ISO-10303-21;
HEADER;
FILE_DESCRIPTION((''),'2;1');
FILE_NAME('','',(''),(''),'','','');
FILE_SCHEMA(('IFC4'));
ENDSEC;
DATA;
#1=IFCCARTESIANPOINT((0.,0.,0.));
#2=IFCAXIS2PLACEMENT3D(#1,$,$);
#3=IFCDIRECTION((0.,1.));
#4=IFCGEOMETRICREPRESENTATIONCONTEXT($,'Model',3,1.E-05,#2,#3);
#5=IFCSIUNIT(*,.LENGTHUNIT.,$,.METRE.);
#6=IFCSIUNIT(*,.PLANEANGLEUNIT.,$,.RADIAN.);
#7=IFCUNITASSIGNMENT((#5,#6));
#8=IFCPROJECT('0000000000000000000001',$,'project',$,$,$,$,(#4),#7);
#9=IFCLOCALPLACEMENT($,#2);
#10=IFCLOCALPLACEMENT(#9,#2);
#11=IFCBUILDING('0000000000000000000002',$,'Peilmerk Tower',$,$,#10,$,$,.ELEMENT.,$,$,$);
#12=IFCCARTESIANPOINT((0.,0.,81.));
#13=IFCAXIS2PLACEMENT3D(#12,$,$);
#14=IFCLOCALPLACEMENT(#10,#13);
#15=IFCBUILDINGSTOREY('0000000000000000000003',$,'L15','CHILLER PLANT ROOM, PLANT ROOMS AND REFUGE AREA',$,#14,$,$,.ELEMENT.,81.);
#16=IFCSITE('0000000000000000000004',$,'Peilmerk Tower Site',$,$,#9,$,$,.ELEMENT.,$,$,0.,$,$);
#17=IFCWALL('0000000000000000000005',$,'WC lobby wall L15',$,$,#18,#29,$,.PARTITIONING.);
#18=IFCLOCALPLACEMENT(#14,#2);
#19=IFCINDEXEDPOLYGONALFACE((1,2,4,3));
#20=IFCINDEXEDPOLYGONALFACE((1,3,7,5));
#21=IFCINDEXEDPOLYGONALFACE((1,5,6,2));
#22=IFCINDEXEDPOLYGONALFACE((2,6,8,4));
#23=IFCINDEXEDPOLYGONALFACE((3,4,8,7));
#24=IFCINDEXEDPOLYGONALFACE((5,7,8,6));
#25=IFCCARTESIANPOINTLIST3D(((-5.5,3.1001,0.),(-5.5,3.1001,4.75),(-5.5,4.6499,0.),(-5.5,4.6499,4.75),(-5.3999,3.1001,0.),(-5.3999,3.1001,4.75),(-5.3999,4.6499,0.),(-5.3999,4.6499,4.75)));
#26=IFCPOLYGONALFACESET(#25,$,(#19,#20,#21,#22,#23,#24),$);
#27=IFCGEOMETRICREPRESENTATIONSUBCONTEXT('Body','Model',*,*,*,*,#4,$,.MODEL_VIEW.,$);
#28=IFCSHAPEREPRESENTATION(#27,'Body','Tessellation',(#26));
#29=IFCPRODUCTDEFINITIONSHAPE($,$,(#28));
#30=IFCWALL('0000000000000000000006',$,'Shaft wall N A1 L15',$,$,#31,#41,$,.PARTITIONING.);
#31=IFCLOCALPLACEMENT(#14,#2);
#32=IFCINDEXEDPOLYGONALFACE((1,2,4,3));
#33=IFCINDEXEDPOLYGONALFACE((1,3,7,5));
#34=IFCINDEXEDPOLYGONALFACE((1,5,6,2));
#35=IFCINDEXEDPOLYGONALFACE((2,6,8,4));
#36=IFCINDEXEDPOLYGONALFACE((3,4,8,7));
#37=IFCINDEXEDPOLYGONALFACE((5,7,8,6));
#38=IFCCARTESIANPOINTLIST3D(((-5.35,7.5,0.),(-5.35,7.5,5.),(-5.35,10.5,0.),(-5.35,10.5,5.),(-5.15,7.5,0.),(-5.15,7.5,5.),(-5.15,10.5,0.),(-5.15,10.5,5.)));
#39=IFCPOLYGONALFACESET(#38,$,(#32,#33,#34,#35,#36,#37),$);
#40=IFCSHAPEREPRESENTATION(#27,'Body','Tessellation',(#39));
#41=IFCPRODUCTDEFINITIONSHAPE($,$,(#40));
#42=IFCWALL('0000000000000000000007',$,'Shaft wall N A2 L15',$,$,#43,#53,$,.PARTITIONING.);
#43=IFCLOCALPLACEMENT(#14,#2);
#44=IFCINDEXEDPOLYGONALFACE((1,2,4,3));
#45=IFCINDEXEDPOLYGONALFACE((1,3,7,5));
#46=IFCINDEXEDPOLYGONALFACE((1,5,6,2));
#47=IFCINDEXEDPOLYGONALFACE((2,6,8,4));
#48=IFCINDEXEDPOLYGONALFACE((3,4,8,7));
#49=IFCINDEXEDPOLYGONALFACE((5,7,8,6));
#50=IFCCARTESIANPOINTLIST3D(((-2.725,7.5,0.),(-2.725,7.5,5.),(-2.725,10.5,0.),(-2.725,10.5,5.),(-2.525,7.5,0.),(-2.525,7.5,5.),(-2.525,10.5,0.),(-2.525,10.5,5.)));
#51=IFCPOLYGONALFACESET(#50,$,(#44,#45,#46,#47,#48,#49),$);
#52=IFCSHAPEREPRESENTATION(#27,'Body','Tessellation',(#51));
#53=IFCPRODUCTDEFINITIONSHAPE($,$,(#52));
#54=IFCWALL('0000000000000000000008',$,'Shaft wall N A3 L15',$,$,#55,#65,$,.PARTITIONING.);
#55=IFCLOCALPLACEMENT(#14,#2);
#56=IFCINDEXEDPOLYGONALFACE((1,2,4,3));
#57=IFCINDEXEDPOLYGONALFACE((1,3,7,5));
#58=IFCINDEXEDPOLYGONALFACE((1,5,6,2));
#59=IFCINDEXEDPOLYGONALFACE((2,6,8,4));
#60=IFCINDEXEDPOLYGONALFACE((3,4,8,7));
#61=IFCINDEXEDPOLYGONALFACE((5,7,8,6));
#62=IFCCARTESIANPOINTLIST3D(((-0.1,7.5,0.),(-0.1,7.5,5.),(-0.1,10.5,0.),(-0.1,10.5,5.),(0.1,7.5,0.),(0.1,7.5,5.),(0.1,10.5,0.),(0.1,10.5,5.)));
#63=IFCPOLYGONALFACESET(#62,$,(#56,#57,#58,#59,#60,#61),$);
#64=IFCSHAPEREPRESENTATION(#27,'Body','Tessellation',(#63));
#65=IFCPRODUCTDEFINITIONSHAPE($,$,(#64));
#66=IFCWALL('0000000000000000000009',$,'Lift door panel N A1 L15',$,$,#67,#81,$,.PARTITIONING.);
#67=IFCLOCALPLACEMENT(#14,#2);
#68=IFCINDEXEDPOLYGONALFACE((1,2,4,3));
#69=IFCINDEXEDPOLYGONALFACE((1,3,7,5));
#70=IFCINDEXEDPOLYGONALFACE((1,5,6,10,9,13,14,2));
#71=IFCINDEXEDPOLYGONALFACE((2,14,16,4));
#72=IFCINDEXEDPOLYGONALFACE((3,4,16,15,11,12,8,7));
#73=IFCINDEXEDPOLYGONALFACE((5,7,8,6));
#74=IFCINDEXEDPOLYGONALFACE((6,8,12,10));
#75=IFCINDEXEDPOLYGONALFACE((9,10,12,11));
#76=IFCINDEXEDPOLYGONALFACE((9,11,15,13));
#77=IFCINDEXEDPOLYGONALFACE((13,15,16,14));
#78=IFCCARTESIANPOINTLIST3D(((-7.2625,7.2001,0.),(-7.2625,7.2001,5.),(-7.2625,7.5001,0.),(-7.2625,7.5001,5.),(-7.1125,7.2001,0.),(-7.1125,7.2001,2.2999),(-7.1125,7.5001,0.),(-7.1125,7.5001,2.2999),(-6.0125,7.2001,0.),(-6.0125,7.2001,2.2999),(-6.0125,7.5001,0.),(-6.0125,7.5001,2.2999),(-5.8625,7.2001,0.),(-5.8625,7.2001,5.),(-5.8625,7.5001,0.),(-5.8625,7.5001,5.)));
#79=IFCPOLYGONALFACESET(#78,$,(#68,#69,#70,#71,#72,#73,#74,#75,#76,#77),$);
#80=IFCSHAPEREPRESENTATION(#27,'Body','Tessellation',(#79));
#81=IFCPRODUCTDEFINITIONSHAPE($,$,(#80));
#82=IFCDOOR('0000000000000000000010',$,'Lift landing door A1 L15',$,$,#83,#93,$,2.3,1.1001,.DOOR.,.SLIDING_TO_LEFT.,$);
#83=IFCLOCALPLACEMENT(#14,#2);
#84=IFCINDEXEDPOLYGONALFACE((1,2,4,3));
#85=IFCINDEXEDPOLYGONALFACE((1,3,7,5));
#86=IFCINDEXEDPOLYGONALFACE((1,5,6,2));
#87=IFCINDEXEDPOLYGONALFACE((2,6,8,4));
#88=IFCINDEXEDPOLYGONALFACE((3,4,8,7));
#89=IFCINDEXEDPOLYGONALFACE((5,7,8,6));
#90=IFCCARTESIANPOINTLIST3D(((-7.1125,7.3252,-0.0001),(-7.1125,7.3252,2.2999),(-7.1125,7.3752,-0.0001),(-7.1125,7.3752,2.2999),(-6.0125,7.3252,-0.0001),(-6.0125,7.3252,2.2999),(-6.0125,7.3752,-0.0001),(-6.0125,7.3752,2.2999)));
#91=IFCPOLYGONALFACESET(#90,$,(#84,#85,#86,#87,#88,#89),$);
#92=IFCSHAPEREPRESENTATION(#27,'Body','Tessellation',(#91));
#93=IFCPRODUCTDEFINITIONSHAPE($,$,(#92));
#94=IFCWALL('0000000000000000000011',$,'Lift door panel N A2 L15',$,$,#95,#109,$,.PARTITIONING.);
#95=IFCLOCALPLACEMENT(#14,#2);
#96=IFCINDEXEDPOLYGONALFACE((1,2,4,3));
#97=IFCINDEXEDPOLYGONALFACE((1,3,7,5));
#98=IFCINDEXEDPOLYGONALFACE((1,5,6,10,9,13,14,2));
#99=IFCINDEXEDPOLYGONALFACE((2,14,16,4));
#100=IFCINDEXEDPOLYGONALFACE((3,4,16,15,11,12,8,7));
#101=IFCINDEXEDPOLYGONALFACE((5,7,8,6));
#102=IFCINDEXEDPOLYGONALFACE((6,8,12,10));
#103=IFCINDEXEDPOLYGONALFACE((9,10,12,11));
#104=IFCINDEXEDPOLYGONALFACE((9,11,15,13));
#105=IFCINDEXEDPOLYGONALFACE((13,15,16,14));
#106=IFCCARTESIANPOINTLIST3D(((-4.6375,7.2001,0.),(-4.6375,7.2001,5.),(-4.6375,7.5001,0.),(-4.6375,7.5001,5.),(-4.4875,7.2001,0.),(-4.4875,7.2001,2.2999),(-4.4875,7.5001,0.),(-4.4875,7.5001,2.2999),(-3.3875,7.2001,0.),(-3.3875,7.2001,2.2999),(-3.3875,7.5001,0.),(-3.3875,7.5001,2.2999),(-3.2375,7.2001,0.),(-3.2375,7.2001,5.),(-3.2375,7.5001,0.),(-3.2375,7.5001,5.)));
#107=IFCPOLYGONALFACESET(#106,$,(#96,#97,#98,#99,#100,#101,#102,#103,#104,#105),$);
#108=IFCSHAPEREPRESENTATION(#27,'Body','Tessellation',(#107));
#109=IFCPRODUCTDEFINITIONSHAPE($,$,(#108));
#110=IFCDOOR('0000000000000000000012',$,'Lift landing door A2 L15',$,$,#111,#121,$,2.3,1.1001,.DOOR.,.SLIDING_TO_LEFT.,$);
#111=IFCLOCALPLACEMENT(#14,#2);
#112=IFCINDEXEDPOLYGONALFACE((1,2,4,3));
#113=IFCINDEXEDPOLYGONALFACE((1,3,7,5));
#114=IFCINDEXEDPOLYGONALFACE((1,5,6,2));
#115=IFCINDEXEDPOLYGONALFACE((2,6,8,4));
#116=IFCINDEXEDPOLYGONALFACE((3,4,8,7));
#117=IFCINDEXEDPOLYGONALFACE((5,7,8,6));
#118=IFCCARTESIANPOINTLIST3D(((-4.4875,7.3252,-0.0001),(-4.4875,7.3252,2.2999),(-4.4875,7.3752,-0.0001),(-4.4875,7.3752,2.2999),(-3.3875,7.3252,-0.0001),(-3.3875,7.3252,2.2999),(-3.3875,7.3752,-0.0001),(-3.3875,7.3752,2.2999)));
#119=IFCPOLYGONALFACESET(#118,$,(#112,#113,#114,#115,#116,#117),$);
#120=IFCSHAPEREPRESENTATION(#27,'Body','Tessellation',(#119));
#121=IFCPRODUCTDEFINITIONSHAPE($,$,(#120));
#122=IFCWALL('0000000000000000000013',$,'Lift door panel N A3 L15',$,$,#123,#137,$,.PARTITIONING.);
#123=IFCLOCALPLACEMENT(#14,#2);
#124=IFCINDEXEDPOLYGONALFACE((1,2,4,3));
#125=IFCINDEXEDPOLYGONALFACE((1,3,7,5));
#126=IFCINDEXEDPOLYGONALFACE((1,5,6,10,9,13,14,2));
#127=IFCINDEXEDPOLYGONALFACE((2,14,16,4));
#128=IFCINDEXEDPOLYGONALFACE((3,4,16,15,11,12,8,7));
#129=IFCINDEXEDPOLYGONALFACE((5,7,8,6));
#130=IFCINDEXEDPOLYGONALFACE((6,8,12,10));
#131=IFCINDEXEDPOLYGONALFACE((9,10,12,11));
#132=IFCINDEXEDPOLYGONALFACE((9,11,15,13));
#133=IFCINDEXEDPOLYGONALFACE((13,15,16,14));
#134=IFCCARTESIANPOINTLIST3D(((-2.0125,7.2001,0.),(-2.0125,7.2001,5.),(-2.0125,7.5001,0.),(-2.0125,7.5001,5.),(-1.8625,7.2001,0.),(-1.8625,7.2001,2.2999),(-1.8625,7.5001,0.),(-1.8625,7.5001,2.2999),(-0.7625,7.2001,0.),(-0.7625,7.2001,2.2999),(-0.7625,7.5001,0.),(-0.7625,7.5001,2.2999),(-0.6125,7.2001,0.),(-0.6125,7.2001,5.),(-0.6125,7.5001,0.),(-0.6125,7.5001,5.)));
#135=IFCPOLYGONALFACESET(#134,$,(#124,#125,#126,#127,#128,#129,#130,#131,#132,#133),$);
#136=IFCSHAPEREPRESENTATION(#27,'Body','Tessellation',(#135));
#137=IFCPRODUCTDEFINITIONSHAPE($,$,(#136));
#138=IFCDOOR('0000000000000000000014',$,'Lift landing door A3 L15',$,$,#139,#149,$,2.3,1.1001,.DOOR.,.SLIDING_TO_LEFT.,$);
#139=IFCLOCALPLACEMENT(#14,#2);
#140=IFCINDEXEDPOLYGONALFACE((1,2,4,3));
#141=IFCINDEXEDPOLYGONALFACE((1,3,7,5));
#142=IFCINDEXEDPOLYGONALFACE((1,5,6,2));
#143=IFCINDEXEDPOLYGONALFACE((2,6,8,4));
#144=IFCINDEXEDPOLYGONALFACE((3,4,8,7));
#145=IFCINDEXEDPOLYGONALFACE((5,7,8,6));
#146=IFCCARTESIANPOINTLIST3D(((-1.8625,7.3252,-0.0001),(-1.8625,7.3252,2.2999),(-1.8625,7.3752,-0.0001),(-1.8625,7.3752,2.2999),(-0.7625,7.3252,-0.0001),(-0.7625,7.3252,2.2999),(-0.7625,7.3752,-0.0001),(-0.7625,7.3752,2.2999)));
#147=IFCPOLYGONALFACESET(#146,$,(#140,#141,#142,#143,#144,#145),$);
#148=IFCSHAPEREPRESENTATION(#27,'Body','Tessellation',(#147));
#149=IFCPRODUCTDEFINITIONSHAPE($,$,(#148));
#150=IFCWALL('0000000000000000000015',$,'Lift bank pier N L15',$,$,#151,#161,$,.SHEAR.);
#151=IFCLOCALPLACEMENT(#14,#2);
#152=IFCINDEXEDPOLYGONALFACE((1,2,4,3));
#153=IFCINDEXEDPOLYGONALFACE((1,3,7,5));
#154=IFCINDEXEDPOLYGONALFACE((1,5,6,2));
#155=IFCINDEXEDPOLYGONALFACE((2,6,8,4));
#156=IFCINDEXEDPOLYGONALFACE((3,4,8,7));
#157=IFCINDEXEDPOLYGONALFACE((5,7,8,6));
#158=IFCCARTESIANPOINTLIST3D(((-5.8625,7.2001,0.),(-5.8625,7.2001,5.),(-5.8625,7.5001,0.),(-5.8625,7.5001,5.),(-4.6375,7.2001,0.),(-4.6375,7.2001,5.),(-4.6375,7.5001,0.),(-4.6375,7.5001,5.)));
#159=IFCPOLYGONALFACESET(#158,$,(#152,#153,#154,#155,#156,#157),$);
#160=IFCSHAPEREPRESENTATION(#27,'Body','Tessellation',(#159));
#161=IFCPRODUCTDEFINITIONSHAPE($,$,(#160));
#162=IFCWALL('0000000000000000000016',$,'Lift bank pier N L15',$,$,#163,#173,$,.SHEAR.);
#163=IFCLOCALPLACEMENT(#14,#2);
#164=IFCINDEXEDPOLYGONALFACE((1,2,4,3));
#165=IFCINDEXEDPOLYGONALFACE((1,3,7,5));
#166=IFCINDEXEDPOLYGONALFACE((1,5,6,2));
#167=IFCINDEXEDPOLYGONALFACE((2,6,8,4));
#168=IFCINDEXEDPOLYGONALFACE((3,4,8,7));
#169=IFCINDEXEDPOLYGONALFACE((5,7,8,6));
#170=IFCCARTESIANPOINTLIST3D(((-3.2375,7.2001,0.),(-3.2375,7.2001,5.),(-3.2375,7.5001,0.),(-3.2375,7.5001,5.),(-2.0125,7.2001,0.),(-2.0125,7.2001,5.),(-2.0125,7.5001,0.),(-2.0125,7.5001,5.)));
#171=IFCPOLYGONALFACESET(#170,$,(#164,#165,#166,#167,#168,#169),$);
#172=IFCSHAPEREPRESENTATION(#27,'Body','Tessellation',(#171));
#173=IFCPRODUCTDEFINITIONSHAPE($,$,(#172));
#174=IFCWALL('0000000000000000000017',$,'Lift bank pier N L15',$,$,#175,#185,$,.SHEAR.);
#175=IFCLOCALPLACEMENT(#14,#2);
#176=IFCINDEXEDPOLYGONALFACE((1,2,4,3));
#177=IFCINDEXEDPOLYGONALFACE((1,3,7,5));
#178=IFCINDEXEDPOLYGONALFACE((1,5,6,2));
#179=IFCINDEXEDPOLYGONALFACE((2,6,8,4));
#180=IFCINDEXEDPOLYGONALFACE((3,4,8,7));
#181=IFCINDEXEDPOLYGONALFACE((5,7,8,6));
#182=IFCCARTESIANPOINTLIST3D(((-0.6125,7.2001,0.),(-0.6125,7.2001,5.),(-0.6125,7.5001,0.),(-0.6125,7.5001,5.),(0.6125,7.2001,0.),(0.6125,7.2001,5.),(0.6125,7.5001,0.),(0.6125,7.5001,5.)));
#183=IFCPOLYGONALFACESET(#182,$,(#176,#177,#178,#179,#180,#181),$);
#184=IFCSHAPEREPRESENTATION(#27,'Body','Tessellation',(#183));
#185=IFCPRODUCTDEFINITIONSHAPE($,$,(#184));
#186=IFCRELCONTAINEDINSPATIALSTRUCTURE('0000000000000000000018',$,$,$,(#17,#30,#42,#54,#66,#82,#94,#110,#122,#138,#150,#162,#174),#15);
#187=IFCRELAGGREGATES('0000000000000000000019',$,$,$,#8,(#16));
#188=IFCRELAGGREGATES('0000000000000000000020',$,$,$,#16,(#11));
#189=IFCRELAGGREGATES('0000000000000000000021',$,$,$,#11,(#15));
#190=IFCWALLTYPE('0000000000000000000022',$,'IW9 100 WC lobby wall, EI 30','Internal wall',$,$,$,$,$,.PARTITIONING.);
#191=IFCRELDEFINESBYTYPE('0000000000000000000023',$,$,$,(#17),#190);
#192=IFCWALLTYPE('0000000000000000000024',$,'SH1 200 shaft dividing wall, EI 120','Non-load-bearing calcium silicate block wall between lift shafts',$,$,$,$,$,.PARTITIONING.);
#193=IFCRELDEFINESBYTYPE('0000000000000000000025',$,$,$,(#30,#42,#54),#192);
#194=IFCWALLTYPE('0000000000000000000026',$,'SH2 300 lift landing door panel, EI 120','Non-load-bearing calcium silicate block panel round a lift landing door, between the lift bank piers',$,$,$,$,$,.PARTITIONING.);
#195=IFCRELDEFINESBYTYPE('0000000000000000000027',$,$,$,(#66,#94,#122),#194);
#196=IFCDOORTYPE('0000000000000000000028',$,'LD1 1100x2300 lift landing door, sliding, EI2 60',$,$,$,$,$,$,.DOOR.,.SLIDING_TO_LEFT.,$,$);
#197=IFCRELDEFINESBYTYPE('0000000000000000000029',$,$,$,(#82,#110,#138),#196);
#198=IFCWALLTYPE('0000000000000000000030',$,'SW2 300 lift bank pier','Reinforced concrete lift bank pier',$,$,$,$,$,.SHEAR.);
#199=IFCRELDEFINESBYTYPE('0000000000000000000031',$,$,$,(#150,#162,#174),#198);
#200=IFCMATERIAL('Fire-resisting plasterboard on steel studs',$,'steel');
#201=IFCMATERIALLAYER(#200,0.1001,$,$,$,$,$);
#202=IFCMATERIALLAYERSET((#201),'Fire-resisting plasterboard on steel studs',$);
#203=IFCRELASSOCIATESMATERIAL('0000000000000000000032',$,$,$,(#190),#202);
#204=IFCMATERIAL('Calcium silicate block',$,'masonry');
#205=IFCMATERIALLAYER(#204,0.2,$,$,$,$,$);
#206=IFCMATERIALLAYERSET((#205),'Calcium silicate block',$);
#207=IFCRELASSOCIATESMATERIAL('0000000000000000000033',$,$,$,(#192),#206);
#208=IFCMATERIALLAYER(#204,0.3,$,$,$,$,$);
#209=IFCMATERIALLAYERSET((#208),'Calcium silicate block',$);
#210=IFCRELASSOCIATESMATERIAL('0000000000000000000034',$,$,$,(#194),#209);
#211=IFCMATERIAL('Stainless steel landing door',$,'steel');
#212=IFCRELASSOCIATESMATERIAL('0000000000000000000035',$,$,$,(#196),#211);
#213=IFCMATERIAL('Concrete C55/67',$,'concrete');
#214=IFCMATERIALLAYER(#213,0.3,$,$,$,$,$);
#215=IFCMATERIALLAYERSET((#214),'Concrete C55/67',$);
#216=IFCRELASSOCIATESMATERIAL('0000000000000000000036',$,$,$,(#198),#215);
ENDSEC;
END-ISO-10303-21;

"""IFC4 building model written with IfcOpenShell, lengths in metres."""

from ifc_helpers import new_model, si_unit, direction, frame, frame_2d, origin, place, context, subcontext, project, spatial, rectangle, extrude, material, layer, layer_set, type_object, element, fill, save


model = new_model("IFC4")

# Units and contexts
model_context = context("Model", 3, precision=1e-05, world=origin(), true_north=direction((0.0, 1.0)))
body_context = subcontext(model_context, "Body", "Model", "MODEL_VIEW")
ifc_project = project(units=[si_unit("LENGTHUNIT", "METRE"), si_unit("PLANEANGLEUNIT", "RADIAN")], contexts=[model_context])

# Site, building, storey
site_placement = place(None, origin())
site = spatial("IfcSite", under=ifc_project, at=site_placement, Name="Peilmerk Tower Site", CompositionType="ELEMENT", RefElevation=0.0)
building_placement = place(site_placement, origin())
building = spatial("IfcBuilding", under=site, at=building_placement, Name="Peilmerk Tower", CompositionType="ELEMENT")
storey_placement = place(building_placement, frame((0.0, 0.0, 81.0)))
storey = spatial("IfcBuildingStorey", under=building, at=storey_placement, Name="L15", Description="CHILLER PLANT ROOM, PLANT ROOMS AND REFUGE AREA", CompositionType="ELEMENT", Elevation=81.0)

# Shared definitions
ifc_material_1 = material(Name="Concrete C55/67", Category="concrete")

# Shared definitions
ifc_material_2 = material(Name="Fire-resisting plasterboard on steel studs", Category="steel")
ifc_layer_1 = layer(ifc_material_2, 0.1001)
ifc_layer_set_1 = layer_set([ifc_layer_1], Name="Fire-resisting plasterboard on steel studs")
wall_type_1 = type_object("IfcWallType", Name="IW9 100 WC lobby wall, EI 30", Description="Internal wall", PredefinedType="PARTITIONING", material=ifc_layer_set_1)

# Walls
wall_1_placement = place(storey_placement, frame((-5.45, 3.1001, 0.0), z_axis=(0.0, 0.0, 1.0), x_axis=(0.0, 1.0, 0.0)))
element("IfcWall", 1, at=wall_1_placement, inside=storey, type_object=wall_type_1, Name="WC lobby wall L15", PredefinedType="PARTITIONING", context=body_context, shape_type="SweptSolid", body=[
    extrude(rectangle(XDim=1.5498, YDim=0.1001, at=frame_2d((0.7749, 0.0))), origin(), (0.0, 0.0, 1.0), 4.75),
])
ifc_material_3 = material(Name="Calcium silicate block", Category="masonry")
ifc_layer_2 = layer(ifc_material_3, 0.2)
ifc_layer_set_2 = layer_set([ifc_layer_2], Name="Calcium silicate block")
wall_type_2 = type_object("IfcWallType", Name="SH1 200 shaft dividing wall, EI 120", Description="Non-load-bearing calcium silicate block wall between lift shafts", PredefinedType="PARTITIONING", material=ifc_layer_set_2)
for number, where, z_axis, x_axis, name in (
    (2, (-5.25, 7.5, 0.0), (0.0, 0.0, 1.0), (0.0, 1.0, 0.0), "Shaft wall N A1 L15"),
    (3, (-2.625, 7.5, 0.0), (0.0, 0.0, 1.0), (0.0, 1.0, 0.0), "Shaft wall N A2 L15"),
    (4, (0.0, 7.5, 0.0), (0.0, 0.0, 1.0), (0.0, 1.0, 0.0), "Shaft wall N A3 L15"),
):
    element("IfcWall", number, at=place(storey_placement, frame(where, z_axis=z_axis, x_axis=x_axis)), inside=storey, type_object=wall_type_2, Name=name, PredefinedType="PARTITIONING", context=body_context, shape_type="SweptSolid", body=[
        extrude(rectangle(XDim=3.0, YDim=0.2, at=frame_2d((1.5, 0.0))), origin(), (0.0, 0.0, 1.0), 5.0),
    ])

# Walls, openings, doors
ifc_layer_3 = layer(ifc_material_3, 0.3)
ifc_layer_set_3 = layer_set([ifc_layer_3], Name="Calcium silicate block")
wall_type_3 = type_object("IfcWallType", Name="SH2 300 lift landing door panel, EI 120", Description="Non-load-bearing calcium silicate block panel round a lift landing door, between the lift bank piers", PredefinedType="PARTITIONING", material=ifc_layer_set_3)
wall_2_placement = place(storey_placement, frame((-7.2625, 7.3501, 0.0), z_axis=(0.0, 0.0, 1.0), x_axis=(1.0, 0.0, 0.0)))
wall_2 = element("IfcWall", 5, at=wall_2_placement, inside=storey, type_object=wall_type_3, Name="Lift door panel N A1 L15", PredefinedType="PARTITIONING", context=body_context, shape_type="SweptSolid", body=[
    extrude(rectangle(XDim=1.3999, YDim=0.3, at=frame_2d((0.7, 0.0))), origin(), (0.0, 0.0, 1.0), 5.0),
])
opening_1_placement = place(wall_2_placement, frame((0.1499, 0.0, 0.0)))
opening_1 = element("IfcOpeningElement", 6, at=opening_1_placement, cuts=wall_2, PredefinedType="OPENING", context=body_context, shape_type="SweptSolid", body=[
    extrude(rectangle(XDim=1.1001, YDim=2.3, at=frame_2d((0.55, 1.1499))), frame((0.0, 0.1599, 0.0), z_axis=(0.0, -1.0, 0.0), x_axis=(1.0, 0.0, 0.0)), (0.0, 0.0, 1.0), 0.3201),
])
ifc_material_4 = material(Name="Stainless steel landing door", Category="steel")
door_type_1 = type_object("IfcDoorType", Name="LD1 1100x2300 lift landing door, sliding, EI2 60", OperationType="SLIDING_TO_LEFT", PredefinedType="DOOR", material=ifc_material_4)
door_1_placement = place(opening_1_placement, frame((1.1001, 0.0, 0.0), z_axis=(0.0, 0.0, 1.0), x_axis=(-1.0, 0.0, 0.0)))
door_1 = element("IfcDoor", 7, at=door_1_placement, inside=storey, type_object=door_type_1, Name="Lift landing door A1 L15", OperationType="SLIDING_TO_LEFT", OverallHeight=2.3, OverallWidth=1.1001, PredefinedType="DOOR", context=body_context, shape_type="SweptSolid", body=[
    extrude(rectangle(XDim=1.1001, YDim=2.3, at=frame_2d((0.55, 1.1499))), frame((0.0, 0.0249, 0.0), z_axis=(0.0, -1.0, 0.0), x_axis=(1.0, 0.0, 0.0)), (0.0, 0.0, 1.0), 0.05),
])
fill(opening_1, door_1)
wall_3_placement = place(storey_placement, frame((-4.6375, 7.3501, 0.0), z_axis=(0.0, 0.0, 1.0), x_axis=(1.0, 0.0, 0.0)))
wall_3 = element("IfcWall", 8, at=wall_3_placement, inside=storey, type_object=wall_type_3, Name="Lift door panel N A2 L15", PredefinedType="PARTITIONING", context=body_context, shape_type="SweptSolid", body=[
    extrude(rectangle(XDim=1.3999, YDim=0.3, at=frame_2d((0.7, 0.0))), origin(), (0.0, 0.0, 1.0), 5.0),
])
opening_2_placement = place(wall_3_placement, frame((0.1499, 0.0, 0.0)))
opening_2 = element("IfcOpeningElement", 9, at=opening_2_placement, cuts=wall_3, PredefinedType="OPENING", context=body_context, shape_type="SweptSolid", body=[
    extrude(rectangle(XDim=1.1001, YDim=2.3, at=frame_2d((0.55, 1.1499))), frame((0.0, 0.1599, 0.0), z_axis=(0.0, -1.0, 0.0), x_axis=(1.0, 0.0, 0.0)), (0.0, 0.0, 1.0), 0.3201),
])
door_2_placement = place(opening_2_placement, frame((1.1001, 0.0, 0.0), z_axis=(0.0, 0.0, 1.0), x_axis=(-1.0, 0.0, 0.0)))
door_2 = element("IfcDoor", 10, at=door_2_placement, inside=storey, type_object=door_type_1, Name="Lift landing door A2 L15", OperationType="SLIDING_TO_LEFT", OverallHeight=2.3, OverallWidth=1.1001, PredefinedType="DOOR", context=body_context, shape_type="SweptSolid", body=[
    extrude(rectangle(XDim=1.1001, YDim=2.3, at=frame_2d((0.55, 1.1499))), frame((0.0, 0.0249, 0.0), z_axis=(0.0, -1.0, 0.0), x_axis=(1.0, 0.0, 0.0)), (0.0, 0.0, 1.0), 0.05),
])
fill(opening_2, door_2)
wall_4_placement = place(storey_placement, frame((-2.0125, 7.3501, 0.0), z_axis=(0.0, 0.0, 1.0), x_axis=(1.0, 0.0, 0.0)))
wall_4 = element("IfcWall", 11, at=wall_4_placement, inside=storey, type_object=wall_type_3, Name="Lift door panel N A3 L15", PredefinedType="PARTITIONING", context=body_context, shape_type="SweptSolid", body=[
    extrude(rectangle(XDim=1.3999, YDim=0.3, at=frame_2d((0.7, 0.0))), origin(), (0.0, 0.0, 1.0), 5.0),
])
opening_3_placement = place(wall_4_placement, frame((0.1499, 0.0, 0.0)))
opening_3 = element("IfcOpeningElement", 12, at=opening_3_placement, cuts=wall_4, PredefinedType="OPENING", context=body_context, shape_type="SweptSolid", body=[
    extrude(rectangle(XDim=1.1001, YDim=2.3, at=frame_2d((0.55, 1.1499))), frame((0.0, 0.1599, 0.0), z_axis=(0.0, -1.0, 0.0), x_axis=(1.0, 0.0, 0.0)), (0.0, 0.0, 1.0), 0.3201),
])
door_3_placement = place(opening_3_placement, frame((1.1001, 0.0, 0.0), z_axis=(0.0, 0.0, 1.0), x_axis=(-1.0, 0.0, 0.0)))
door_3 = element("IfcDoor", 13, at=door_3_placement, inside=storey, type_object=door_type_1, Name="Lift landing door A3 L15", OperationType="SLIDING_TO_LEFT", OverallHeight=2.3, OverallWidth=1.1001, PredefinedType="DOOR", context=body_context, shape_type="SweptSolid", body=[
    extrude(rectangle(XDim=1.1001, YDim=2.3, at=frame_2d((0.55, 1.1499))), frame((0.0, 0.0249, 0.0), z_axis=(0.0, -1.0, 0.0), x_axis=(1.0, 0.0, 0.0)), (0.0, 0.0, 1.0), 0.05),
])
fill(opening_3, door_3)

# Walls
ifc_layer_4 = layer(ifc_material_1, 0.3)
ifc_layer_set_4 = layer_set([ifc_layer_4], Name="Concrete C55/67")
wall_type_4 = type_object("IfcWallType", Name="SW2 300 lift bank pier", Description="Reinforced concrete lift bank pier", PredefinedType="SHEAR", material=ifc_layer_set_4)
for number, where, z_axis, x_axis, name in (
    (14, (-5.8625, 7.3501, 0.0), (0.0, 0.0, 1.0), (1.0, 0.0, 0.0), "Lift bank pier N L15"),
    (15, (-3.2375, 7.3501, 0.0), (0.0, 0.0, 1.0), (1.0, 0.0, 0.0), "Lift bank pier N L15"),
    (16, (-0.6125, 7.3501, 0.0), (0.0, 0.0, 1.0), (1.0, 0.0, 0.0), "Lift bank pier N L15"),
):
    element("IfcWall", number, at=place(storey_placement, frame(where, z_axis=z_axis, x_axis=x_axis)), inside=storey, type_object=wall_type_4, Name=name, PredefinedType="SHEAR", context=body_context, shape_type="SweptSolid", body=[
        extrude(rectangle(XDim=1.2251, YDim=0.3, at=frame_2d((0.6125, 0.0))), origin(), (0.0, 0.0, 1.0), 5.0),
    ])

save(model, "model.ifc")
